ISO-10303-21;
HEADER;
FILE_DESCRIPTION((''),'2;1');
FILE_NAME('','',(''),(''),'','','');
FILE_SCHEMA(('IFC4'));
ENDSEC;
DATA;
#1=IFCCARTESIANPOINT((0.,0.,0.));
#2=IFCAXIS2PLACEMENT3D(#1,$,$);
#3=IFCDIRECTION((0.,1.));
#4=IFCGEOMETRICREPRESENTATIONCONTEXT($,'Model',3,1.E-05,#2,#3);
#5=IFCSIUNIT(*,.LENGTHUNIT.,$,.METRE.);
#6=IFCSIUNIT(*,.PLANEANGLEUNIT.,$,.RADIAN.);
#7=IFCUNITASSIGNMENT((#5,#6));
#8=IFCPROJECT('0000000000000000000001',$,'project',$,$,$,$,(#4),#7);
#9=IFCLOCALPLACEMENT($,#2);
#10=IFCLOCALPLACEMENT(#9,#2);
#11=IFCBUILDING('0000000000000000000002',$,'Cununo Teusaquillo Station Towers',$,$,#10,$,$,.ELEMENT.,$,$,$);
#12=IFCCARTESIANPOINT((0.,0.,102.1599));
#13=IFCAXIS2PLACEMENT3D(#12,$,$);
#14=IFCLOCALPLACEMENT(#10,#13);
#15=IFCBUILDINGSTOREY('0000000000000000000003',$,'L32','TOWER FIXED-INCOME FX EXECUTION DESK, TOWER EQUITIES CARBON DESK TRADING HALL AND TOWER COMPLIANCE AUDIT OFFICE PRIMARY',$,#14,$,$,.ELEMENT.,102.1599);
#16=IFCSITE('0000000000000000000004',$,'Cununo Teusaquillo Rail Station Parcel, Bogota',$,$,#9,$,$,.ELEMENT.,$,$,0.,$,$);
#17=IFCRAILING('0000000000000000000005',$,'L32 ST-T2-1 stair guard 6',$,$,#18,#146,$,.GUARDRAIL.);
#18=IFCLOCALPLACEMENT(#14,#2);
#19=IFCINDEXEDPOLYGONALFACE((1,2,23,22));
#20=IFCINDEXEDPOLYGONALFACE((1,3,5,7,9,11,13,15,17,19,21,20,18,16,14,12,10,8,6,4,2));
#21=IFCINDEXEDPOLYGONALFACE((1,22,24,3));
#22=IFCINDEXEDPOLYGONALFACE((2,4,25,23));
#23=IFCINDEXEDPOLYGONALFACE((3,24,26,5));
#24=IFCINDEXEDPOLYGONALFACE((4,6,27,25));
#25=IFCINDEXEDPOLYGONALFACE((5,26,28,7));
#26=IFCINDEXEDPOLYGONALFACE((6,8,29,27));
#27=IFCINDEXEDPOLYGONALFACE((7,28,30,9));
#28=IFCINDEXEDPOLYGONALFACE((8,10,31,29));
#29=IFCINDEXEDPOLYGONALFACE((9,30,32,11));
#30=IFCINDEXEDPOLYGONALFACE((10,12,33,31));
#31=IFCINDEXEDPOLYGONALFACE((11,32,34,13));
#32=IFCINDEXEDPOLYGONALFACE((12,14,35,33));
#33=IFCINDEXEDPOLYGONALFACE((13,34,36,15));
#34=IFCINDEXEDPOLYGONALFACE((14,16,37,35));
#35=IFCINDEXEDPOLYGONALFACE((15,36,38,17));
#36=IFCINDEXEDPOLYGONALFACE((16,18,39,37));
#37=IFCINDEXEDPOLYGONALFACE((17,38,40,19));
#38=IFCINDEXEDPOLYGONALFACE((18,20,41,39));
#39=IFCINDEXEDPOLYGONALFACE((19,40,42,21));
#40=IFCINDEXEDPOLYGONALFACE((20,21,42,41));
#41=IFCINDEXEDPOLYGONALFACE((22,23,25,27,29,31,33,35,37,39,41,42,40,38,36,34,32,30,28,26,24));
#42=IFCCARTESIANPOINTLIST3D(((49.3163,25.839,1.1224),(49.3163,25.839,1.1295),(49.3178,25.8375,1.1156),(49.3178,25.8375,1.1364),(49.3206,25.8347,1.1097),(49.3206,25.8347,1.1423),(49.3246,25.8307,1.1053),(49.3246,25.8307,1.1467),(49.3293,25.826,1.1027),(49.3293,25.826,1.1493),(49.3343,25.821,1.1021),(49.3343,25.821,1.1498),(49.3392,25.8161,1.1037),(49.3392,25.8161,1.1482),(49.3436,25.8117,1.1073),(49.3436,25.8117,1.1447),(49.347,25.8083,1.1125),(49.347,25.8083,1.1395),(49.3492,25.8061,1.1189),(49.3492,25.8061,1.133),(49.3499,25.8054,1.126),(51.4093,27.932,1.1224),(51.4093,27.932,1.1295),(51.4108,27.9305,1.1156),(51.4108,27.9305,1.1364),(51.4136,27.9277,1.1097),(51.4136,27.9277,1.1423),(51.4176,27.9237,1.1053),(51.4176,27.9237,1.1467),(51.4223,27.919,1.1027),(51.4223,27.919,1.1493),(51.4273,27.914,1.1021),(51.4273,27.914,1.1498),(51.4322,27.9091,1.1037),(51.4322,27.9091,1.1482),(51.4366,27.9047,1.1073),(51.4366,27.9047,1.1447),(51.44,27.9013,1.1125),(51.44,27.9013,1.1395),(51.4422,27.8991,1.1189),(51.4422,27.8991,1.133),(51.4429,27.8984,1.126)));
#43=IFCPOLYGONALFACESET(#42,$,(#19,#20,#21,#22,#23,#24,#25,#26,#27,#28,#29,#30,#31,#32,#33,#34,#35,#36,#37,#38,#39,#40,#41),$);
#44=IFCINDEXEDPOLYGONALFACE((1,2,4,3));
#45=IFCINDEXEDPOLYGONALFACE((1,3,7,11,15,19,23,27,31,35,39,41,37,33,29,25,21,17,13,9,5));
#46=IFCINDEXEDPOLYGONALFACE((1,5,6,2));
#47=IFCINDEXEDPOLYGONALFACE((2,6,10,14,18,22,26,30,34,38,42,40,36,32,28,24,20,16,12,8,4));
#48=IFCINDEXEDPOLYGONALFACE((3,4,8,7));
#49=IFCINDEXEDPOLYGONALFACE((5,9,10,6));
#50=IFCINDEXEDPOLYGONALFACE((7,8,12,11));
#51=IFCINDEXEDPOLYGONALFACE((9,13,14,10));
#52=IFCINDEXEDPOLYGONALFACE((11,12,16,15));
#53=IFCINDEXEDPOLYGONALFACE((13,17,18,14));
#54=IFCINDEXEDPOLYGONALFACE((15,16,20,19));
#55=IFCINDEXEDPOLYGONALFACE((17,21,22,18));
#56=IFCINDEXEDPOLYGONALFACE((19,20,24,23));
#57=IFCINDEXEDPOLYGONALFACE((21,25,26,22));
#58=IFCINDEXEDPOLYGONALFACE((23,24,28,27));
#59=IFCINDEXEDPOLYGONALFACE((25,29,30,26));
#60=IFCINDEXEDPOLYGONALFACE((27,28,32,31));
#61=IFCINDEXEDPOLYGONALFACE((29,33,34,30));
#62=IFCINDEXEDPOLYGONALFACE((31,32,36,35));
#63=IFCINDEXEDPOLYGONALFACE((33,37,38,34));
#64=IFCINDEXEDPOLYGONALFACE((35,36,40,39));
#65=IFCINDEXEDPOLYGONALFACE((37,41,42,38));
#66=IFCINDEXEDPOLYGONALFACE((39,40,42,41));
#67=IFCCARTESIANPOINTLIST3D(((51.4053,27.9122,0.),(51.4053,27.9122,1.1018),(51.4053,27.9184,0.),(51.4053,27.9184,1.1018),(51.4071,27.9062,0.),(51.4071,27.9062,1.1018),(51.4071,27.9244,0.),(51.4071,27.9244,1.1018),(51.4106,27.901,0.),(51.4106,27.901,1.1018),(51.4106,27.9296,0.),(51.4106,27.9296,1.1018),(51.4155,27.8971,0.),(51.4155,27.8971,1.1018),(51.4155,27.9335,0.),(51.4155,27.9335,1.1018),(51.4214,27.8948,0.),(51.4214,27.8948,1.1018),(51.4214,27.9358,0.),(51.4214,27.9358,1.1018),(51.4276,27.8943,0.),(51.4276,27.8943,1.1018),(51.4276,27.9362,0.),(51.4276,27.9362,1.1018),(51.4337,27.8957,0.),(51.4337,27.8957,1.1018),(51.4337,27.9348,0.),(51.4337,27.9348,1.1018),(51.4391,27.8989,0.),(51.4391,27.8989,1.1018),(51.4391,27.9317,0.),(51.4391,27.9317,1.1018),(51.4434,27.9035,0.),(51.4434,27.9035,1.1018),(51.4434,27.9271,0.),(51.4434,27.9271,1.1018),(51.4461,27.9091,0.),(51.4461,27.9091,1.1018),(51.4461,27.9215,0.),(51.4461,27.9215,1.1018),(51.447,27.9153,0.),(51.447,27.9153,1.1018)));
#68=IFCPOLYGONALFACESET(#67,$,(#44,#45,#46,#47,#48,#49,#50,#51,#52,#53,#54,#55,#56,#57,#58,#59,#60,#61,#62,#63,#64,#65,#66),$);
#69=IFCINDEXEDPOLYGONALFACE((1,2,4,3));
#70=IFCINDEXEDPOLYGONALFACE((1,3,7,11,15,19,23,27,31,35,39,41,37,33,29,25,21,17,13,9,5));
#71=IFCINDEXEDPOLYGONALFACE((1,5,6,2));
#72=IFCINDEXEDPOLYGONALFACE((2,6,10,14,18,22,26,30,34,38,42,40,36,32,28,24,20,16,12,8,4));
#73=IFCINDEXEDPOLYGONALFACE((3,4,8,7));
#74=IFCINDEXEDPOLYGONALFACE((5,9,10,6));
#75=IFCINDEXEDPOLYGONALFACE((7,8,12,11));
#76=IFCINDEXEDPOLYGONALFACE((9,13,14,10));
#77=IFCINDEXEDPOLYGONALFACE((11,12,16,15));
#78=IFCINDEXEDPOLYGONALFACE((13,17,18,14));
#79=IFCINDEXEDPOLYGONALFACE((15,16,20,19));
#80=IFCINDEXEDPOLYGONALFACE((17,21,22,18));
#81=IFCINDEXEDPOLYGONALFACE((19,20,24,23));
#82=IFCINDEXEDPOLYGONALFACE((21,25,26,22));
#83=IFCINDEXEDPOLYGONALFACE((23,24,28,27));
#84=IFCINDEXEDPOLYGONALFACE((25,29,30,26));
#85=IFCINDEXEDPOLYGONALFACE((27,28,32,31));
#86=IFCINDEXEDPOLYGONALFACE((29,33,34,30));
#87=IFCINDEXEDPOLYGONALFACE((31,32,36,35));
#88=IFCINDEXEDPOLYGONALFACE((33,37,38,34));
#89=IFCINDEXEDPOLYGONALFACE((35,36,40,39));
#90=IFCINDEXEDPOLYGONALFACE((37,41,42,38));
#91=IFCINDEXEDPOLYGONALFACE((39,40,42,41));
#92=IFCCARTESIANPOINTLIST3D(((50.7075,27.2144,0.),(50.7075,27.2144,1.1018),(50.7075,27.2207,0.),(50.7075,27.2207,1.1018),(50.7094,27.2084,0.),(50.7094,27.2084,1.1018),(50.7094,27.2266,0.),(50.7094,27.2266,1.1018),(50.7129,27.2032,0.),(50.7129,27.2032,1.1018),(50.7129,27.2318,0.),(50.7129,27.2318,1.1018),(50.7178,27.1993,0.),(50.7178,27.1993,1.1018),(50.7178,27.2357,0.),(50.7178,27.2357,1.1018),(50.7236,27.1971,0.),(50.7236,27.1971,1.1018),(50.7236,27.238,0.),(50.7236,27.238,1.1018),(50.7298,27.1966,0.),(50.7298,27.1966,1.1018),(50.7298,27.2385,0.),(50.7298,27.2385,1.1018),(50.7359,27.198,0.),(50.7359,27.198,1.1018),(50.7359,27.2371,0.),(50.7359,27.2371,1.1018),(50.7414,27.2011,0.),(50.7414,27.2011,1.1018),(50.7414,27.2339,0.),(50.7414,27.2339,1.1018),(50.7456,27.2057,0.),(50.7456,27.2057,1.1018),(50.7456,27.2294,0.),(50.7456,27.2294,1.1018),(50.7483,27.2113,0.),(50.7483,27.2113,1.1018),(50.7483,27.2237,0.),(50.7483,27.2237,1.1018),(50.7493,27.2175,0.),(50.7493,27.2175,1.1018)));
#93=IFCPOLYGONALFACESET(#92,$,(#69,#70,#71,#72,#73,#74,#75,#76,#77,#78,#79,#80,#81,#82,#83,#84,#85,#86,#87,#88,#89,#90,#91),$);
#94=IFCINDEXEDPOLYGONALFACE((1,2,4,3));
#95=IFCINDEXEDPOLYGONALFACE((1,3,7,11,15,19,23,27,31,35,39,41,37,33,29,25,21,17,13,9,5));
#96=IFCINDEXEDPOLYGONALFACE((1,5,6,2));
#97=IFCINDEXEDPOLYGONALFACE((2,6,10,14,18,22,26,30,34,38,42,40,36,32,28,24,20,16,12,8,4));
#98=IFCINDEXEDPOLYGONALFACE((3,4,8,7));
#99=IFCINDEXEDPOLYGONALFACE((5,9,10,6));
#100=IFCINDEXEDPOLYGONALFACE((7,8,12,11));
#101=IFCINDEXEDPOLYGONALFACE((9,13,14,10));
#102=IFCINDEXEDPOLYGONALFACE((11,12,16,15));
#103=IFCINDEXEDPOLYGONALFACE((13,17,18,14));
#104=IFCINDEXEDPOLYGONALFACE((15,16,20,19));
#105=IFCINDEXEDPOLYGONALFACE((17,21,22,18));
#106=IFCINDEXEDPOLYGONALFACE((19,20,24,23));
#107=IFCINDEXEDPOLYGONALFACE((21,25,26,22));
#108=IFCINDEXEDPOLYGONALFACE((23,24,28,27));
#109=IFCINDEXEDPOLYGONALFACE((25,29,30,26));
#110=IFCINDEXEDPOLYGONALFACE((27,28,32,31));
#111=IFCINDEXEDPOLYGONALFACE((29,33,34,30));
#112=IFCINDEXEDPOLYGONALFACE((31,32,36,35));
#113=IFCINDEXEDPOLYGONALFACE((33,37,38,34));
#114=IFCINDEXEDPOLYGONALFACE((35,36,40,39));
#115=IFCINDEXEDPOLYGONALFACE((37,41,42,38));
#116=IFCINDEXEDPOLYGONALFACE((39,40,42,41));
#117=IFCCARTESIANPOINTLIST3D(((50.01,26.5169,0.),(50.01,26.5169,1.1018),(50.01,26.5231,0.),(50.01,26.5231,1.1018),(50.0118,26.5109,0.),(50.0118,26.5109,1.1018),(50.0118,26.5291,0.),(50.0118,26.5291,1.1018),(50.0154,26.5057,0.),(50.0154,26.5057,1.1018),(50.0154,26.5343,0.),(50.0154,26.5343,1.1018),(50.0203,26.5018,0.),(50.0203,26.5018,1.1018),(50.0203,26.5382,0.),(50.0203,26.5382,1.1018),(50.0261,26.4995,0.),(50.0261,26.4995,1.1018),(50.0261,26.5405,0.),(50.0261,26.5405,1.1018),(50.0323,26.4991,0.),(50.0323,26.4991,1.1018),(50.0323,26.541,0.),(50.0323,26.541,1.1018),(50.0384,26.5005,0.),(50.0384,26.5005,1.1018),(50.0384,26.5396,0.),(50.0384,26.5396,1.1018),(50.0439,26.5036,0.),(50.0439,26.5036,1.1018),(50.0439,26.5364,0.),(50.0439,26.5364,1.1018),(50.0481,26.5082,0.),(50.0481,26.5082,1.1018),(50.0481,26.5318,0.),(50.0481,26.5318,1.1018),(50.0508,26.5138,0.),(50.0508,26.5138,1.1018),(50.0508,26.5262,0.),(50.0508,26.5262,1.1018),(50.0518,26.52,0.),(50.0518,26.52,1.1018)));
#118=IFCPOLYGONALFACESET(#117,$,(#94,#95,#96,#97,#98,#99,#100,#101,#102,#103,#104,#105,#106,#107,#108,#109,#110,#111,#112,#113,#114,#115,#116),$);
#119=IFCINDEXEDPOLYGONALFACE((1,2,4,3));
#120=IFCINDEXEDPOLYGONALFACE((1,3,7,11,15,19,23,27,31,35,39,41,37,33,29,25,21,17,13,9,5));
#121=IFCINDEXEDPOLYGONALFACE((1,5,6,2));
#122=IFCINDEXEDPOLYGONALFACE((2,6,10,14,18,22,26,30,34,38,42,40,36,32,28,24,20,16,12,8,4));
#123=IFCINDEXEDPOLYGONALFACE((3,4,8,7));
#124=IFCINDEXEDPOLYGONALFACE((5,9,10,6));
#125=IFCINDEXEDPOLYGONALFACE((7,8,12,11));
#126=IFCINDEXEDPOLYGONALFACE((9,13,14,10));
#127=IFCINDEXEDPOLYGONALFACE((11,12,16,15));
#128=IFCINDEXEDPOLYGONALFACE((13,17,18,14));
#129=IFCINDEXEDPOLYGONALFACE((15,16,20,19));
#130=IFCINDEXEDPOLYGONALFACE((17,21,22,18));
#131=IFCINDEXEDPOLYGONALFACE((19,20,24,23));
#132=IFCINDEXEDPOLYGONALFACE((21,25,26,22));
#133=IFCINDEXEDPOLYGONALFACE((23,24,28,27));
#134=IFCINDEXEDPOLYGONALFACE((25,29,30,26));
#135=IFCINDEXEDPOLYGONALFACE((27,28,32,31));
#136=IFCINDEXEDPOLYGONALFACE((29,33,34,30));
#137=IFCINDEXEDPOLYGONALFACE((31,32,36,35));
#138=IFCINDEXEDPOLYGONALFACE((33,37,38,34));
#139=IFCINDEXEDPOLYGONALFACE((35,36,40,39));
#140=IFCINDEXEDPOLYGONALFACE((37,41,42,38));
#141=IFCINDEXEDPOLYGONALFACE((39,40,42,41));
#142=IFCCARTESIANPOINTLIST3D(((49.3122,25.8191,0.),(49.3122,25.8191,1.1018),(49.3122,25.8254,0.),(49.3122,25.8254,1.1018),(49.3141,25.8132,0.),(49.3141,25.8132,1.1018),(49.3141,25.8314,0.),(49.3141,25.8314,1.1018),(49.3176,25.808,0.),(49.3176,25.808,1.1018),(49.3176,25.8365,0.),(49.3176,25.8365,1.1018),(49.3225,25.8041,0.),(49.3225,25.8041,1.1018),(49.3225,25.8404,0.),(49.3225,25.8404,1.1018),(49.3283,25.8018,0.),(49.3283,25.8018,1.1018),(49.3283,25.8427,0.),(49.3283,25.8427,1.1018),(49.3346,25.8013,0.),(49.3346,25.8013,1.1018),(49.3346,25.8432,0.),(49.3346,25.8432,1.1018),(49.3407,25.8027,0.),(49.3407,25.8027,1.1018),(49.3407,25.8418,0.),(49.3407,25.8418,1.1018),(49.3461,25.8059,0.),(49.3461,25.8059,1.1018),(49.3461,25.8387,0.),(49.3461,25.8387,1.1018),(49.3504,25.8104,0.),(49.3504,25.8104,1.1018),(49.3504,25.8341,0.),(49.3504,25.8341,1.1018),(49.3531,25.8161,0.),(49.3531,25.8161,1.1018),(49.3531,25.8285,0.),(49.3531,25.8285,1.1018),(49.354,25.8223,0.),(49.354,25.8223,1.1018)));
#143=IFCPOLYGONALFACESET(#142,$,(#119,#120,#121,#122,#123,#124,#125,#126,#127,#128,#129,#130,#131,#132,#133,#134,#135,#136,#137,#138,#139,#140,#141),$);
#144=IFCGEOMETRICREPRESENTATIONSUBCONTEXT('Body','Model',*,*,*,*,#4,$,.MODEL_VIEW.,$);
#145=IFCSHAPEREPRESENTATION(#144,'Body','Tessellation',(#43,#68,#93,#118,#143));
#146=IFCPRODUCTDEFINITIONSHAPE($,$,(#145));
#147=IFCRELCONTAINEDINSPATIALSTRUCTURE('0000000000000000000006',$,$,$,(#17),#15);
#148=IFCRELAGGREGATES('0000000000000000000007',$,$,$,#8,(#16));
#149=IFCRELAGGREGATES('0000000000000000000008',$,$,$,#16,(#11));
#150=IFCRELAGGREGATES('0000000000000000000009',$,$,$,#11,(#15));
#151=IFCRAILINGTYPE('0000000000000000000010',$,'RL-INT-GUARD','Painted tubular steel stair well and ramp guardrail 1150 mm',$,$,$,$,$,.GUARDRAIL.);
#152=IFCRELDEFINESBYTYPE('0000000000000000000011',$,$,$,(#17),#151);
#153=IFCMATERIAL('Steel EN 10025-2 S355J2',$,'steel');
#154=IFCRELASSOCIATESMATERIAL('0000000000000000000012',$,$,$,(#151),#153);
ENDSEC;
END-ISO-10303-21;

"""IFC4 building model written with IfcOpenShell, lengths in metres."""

from ifc_helpers import new_model, si_unit, direction, frame, origin, origin_2d, place, context, subcontext, project, spatial, circle, extrude, material, type_object, element, save


model = new_model("IFC4")

# Units and contexts
model_context = context("Model", 3, precision=1e-05, world=origin(), true_north=direction((0.0, 1.0)))
body_context = subcontext(model_context, "Body", "Model", "MODEL_VIEW")
ifc_project = project(units=[si_unit("LENGTHUNIT", "METRE"), si_unit("PLANEANGLEUNIT", "RADIAN")], contexts=[model_context])

# Site, building, storey
site_placement = place(None, origin())
site = spatial("IfcSite", under=ifc_project, at=site_placement, Name="Cununo Teusaquillo Rail Station Parcel, Bogota", CompositionType="ELEMENT", RefElevation=0.0)
building_placement = place(site_placement, origin())
building = spatial("IfcBuilding", under=site, at=building_placement, Name="Cununo Teusaquillo Station Towers", CompositionType="ELEMENT")
storey_placement = place(building_placement, frame((0.0, 0.0, 102.1599)))
storey = spatial("IfcBuildingStorey", under=building, at=storey_placement, Name="L32", Description="TOWER FIXED-INCOME FX EXECUTION DESK, TOWER EQUITIES CARBON DESK TRADING HALL AND TOWER COMPLIANCE AUDIT OFFICE PRIMARY", CompositionType="ELEMENT", Elevation=102.1599)

# Railing
ifc_material_1 = material(Name="Steel EN 10025-2 S355J2", Category="steel")
railing_type = type_object("IfcRailingType", Name="RL-INT-GUARD", Description="Painted tubular steel stair well and ramp guardrail 1150 mm", PredefinedType="GUARDRAIL", material=ifc_material_1)
railing_1_placement = place(storey_placement, frame((51.426, 27.9153, 0.0)))
element("IfcRailing", 1, at=railing_1_placement, inside=storey, type_object=railing_type, Name="L32 ST-T2-1 stair guard 6", PredefinedType="GUARDRAIL", context=body_context, shape_type="SweptSolid", body=[
    extrude(circle(Radius=0.0239, at=origin_2d()), frame((0.0, 0.0, 1.126), z_axis=(-0.707107, -0.707107, 0.0), x_axis=(0.707107, -0.707107, 0.0)), (0.0, 0.0, 1.0), 2.96),
    extrude(circle(Radius=0.021, at=origin_2d()), origin(), (0.0, 0.0, 1.0), 1.1018),
    extrude(circle(Radius=0.021, at=origin_2d()), frame((-0.6978, -0.6978, 0.0)), (0.0, 0.0, 1.0), 1.1018),
    extrude(circle(Radius=0.021, at=origin_2d()), frame((-1.3953, -1.3953, 0.0)), (0.0, 0.0, 1.0), 1.1018),
    extrude(circle(Radius=0.021, at=origin_2d()), frame((-2.093, -2.093, 0.0)), (0.0, 0.0, 1.0), 1.1018),
])

save(model, "model.ifc")
